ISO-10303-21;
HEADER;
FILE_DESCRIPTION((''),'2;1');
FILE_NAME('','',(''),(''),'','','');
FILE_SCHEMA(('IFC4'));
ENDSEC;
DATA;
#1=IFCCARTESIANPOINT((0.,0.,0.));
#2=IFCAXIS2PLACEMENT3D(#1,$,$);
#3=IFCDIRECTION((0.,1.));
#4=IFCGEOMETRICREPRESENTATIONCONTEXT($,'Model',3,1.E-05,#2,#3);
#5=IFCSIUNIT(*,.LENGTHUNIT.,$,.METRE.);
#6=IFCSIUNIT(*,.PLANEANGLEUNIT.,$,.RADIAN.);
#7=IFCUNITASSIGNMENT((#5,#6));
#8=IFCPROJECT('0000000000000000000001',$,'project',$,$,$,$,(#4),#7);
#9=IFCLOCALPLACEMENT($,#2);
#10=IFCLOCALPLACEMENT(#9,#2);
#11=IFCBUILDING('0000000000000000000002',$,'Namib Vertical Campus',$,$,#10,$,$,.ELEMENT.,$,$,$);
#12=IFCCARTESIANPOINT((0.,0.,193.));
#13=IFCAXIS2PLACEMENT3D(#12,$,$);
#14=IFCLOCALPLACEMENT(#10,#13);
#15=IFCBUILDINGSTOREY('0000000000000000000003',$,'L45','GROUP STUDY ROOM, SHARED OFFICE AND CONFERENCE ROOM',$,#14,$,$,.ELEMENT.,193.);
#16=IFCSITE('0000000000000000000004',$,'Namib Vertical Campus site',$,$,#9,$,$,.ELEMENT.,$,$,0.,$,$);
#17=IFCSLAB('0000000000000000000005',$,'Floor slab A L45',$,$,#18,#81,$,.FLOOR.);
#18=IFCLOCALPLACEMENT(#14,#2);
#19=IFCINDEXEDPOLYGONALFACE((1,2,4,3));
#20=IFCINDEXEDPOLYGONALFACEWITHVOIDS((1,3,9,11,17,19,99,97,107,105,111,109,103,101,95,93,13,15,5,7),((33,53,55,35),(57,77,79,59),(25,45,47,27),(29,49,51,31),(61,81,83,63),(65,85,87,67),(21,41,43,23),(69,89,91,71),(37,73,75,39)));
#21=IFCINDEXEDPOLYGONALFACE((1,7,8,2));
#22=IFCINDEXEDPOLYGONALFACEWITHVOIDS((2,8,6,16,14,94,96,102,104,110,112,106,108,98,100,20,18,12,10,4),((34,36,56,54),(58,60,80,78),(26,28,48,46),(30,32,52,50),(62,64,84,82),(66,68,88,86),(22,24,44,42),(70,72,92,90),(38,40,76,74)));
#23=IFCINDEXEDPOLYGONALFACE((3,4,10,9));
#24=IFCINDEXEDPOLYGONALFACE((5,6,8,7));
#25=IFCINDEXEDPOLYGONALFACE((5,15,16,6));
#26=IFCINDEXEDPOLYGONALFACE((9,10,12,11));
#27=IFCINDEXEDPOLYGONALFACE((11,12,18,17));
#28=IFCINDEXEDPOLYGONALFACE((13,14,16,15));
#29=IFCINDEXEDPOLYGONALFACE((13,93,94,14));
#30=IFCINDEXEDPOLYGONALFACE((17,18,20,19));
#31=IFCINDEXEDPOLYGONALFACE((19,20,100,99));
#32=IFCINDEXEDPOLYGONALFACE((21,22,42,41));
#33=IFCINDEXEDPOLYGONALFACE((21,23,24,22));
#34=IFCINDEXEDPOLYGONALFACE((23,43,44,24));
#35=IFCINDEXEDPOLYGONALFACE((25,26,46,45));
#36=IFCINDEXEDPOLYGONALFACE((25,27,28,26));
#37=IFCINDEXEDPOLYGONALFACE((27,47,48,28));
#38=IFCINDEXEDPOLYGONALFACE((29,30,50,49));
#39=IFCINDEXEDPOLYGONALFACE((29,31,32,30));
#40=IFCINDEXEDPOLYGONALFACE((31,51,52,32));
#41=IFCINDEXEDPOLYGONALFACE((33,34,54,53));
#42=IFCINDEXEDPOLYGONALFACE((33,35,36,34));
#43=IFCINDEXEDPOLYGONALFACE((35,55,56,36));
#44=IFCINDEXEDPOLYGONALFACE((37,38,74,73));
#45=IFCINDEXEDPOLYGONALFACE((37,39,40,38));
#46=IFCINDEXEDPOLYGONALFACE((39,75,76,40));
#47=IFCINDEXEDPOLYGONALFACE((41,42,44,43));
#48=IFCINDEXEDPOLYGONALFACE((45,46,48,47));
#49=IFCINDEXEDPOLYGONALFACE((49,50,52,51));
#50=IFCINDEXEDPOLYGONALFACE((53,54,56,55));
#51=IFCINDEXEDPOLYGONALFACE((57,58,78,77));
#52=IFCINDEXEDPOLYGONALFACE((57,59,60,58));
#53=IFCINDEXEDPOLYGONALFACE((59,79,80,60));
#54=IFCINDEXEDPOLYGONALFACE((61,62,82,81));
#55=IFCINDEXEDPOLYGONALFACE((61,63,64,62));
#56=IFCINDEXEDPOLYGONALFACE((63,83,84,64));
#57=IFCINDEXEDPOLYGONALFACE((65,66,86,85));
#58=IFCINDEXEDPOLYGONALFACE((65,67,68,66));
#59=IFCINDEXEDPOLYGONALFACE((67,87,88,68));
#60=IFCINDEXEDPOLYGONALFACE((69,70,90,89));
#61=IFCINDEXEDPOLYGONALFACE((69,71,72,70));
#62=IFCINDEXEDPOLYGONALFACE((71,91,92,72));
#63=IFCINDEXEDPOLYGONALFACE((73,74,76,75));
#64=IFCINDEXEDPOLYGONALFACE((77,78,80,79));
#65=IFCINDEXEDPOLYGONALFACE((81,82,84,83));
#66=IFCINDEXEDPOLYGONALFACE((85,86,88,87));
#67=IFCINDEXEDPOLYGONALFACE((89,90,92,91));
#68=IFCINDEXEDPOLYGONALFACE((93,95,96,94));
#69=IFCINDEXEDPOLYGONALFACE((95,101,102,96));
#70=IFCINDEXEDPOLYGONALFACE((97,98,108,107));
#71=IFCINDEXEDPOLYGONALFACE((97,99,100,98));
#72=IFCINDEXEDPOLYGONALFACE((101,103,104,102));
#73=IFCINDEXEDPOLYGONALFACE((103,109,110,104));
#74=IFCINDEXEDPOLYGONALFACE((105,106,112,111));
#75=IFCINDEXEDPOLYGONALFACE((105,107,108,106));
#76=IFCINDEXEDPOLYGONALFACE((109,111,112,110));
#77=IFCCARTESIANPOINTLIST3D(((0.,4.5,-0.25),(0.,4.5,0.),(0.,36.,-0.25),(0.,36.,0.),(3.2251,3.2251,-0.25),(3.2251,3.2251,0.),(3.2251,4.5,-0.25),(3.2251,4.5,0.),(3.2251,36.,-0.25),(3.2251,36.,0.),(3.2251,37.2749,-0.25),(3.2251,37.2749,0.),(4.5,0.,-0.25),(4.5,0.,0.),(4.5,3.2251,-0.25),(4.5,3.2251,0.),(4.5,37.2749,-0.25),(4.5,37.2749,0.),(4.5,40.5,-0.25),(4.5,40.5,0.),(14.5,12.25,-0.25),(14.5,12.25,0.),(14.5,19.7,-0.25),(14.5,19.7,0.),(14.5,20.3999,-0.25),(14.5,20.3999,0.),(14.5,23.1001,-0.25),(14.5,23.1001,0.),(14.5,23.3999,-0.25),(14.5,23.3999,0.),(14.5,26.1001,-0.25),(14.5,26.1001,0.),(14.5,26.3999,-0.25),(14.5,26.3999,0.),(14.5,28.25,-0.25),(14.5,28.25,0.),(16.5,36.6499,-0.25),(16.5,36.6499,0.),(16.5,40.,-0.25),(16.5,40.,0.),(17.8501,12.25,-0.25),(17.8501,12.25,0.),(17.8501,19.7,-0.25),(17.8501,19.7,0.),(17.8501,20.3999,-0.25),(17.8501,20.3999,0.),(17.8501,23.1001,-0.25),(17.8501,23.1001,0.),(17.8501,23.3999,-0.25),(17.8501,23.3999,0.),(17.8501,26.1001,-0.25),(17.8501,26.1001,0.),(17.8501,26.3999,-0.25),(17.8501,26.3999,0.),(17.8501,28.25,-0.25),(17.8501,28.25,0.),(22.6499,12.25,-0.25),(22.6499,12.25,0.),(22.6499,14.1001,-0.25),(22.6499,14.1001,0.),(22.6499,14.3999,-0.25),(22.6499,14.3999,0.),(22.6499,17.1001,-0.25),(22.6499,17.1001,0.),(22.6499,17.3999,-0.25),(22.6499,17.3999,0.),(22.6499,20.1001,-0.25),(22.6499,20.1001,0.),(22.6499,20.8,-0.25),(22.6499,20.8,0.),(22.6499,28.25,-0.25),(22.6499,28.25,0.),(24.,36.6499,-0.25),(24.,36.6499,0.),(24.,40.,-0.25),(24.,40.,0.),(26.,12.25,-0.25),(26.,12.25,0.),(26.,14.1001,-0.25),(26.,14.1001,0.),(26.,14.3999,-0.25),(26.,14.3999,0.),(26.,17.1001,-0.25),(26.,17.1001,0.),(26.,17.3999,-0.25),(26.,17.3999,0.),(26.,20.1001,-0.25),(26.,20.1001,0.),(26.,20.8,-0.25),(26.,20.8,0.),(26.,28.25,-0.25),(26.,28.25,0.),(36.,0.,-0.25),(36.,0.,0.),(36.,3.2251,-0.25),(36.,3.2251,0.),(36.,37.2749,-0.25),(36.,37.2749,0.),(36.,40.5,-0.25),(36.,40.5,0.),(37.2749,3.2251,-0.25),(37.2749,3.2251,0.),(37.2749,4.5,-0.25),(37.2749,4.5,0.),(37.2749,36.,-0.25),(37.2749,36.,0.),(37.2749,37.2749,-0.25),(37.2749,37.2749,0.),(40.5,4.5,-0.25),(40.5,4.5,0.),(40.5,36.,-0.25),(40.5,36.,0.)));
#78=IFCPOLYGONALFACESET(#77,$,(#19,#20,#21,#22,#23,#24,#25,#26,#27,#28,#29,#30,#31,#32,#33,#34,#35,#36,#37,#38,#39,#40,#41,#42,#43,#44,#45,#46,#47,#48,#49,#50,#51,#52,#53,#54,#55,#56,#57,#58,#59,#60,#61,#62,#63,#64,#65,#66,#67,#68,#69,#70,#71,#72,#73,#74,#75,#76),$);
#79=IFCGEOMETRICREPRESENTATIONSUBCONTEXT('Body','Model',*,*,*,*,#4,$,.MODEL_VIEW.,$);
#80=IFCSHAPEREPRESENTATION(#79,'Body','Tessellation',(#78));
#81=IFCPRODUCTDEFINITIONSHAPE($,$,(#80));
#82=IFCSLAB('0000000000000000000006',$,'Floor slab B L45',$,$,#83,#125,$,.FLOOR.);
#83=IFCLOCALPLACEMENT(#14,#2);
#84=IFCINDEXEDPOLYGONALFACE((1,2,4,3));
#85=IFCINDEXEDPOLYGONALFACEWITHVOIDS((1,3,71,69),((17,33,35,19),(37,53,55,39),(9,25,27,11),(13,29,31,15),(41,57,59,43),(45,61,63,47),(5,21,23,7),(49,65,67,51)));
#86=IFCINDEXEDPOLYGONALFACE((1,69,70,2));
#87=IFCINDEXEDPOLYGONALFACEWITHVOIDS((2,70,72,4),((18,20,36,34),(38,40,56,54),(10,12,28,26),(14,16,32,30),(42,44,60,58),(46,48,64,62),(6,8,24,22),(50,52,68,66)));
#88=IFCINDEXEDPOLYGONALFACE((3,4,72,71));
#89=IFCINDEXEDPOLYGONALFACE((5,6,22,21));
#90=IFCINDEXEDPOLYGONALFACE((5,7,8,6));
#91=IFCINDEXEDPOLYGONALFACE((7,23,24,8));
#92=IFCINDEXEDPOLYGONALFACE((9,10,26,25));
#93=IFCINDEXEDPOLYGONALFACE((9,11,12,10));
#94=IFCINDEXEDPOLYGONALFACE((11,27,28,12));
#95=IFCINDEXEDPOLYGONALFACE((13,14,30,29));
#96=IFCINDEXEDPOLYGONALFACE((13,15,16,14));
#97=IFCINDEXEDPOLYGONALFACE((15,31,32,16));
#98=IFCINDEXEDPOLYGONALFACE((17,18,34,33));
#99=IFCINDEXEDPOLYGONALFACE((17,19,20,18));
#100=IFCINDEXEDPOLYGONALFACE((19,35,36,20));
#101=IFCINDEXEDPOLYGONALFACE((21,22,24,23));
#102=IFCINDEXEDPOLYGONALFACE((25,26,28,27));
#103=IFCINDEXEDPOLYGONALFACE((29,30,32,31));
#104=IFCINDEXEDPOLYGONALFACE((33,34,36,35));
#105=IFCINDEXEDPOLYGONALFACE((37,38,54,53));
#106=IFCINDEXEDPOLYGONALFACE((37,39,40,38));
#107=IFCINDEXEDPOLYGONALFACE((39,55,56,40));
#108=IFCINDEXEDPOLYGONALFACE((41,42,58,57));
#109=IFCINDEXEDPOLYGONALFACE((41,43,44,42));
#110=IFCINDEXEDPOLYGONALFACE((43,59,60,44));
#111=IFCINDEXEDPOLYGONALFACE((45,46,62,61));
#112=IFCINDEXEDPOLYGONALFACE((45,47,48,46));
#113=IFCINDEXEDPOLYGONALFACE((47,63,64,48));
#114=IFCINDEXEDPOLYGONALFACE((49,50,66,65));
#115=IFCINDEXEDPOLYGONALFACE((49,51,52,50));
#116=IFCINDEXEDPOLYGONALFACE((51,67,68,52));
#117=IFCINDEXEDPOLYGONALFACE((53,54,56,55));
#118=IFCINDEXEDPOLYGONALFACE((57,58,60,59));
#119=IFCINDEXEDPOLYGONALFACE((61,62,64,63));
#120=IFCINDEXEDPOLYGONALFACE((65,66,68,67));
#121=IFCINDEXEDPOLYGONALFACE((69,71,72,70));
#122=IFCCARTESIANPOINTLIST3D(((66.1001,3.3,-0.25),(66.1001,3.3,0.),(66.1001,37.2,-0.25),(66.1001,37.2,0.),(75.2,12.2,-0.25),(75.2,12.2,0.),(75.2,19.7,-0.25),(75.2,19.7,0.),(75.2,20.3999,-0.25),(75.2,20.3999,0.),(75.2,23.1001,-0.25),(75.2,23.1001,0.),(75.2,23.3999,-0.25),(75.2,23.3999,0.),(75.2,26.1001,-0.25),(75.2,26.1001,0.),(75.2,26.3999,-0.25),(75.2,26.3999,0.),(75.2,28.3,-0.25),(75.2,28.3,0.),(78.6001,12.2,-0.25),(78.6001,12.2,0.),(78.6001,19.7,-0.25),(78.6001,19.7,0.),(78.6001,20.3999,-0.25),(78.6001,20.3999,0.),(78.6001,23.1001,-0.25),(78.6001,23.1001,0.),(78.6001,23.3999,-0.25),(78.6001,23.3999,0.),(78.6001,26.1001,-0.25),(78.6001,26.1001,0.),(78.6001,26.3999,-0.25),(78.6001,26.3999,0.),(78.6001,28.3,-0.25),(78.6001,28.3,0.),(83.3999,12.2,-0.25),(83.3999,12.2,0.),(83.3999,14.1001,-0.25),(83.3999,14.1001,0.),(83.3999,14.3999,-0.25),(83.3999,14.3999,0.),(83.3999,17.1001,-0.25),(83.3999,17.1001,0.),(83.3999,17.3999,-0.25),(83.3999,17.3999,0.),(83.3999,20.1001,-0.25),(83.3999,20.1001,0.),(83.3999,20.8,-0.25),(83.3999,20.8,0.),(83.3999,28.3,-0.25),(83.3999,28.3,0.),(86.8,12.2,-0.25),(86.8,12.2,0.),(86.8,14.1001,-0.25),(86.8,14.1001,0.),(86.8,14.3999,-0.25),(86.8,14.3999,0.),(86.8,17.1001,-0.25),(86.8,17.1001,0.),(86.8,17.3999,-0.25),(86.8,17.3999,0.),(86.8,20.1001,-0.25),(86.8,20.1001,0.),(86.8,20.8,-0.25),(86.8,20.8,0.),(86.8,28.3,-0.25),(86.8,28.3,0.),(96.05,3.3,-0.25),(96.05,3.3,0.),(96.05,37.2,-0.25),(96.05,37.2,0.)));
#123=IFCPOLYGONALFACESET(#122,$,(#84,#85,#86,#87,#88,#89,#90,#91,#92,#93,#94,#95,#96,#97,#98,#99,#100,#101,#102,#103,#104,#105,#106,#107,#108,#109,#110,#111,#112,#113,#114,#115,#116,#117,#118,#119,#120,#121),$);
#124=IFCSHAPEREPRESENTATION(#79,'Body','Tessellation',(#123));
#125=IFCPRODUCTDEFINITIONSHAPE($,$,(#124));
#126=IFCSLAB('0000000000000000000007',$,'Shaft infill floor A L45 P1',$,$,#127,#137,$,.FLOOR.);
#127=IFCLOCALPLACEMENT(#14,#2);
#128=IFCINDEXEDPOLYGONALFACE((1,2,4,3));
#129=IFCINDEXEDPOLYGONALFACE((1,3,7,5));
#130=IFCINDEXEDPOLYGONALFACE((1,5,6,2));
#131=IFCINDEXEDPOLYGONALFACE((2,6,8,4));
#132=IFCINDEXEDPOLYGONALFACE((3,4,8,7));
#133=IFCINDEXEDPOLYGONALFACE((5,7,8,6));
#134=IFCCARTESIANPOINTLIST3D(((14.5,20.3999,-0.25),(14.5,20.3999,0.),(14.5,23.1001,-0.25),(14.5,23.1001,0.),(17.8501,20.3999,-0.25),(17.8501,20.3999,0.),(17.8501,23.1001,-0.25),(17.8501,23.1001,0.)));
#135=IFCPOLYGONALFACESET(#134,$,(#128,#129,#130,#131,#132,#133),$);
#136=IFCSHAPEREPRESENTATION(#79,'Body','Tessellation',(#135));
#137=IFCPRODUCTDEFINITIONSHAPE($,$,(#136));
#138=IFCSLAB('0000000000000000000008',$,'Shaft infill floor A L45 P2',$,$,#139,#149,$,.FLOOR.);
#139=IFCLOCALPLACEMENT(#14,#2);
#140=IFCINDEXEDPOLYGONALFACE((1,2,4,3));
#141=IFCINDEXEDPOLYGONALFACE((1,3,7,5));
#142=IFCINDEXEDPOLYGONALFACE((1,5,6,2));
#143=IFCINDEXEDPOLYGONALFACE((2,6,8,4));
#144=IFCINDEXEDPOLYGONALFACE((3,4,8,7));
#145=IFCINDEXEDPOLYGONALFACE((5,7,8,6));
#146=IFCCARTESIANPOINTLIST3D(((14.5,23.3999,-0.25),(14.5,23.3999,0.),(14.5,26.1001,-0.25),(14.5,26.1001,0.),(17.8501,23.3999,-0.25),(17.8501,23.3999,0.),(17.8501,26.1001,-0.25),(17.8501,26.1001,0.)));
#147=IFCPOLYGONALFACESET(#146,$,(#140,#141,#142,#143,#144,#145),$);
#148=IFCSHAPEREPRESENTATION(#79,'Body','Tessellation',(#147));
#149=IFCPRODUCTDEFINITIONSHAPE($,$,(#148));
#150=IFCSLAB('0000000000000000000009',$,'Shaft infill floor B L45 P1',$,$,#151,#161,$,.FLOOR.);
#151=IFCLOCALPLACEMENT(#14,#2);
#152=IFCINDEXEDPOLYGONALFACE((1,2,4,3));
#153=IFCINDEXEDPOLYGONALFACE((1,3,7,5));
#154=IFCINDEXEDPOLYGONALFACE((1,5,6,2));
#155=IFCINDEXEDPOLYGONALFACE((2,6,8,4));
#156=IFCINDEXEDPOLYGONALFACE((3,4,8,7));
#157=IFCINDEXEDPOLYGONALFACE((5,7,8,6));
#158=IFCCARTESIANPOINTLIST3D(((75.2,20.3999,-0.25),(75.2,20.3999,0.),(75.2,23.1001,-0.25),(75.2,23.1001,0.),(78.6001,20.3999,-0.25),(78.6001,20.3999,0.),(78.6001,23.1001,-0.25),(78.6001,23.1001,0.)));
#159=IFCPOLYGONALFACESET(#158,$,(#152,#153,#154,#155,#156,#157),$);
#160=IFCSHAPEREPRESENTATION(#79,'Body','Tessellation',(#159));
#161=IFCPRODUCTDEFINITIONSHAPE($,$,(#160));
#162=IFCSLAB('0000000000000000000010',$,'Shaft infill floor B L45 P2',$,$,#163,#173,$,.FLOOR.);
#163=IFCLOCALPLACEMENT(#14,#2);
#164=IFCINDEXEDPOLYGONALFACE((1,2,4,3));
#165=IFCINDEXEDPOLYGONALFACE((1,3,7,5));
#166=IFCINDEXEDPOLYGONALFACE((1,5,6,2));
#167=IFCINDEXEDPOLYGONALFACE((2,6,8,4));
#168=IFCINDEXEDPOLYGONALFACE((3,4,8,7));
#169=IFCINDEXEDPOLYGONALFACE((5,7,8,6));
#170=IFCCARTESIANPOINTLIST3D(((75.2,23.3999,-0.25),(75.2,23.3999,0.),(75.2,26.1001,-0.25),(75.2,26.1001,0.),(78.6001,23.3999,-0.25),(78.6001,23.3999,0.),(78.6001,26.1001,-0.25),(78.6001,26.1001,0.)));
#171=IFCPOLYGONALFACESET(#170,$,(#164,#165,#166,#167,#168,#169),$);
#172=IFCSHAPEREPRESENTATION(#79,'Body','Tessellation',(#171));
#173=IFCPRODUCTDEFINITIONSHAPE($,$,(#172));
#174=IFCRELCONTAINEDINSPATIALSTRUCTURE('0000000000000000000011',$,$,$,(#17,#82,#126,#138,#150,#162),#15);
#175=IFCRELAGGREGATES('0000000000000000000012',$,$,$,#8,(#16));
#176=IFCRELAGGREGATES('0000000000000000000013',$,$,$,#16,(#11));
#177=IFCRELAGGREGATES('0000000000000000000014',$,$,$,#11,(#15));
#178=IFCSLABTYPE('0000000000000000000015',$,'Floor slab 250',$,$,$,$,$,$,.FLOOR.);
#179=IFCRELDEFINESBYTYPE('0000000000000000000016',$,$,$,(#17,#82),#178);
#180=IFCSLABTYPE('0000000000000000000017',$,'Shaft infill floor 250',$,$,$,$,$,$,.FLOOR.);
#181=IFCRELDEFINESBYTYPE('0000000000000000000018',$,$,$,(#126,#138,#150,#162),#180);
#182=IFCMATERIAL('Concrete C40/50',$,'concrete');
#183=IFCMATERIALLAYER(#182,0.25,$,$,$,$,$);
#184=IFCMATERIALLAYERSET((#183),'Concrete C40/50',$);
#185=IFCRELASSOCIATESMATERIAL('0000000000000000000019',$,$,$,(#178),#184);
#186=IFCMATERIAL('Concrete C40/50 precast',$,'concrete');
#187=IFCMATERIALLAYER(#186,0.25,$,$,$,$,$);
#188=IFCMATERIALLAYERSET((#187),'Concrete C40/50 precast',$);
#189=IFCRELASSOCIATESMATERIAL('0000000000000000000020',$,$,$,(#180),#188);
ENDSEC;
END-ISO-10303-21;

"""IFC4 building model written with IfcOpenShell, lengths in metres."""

from ifc_helpers import new_model, si_unit, direction, frame, origin, place, context, subcontext, project, spatial, polyline, outline, extrude, material, layer, layer_set, type_object, element, save


model = new_model("IFC4")

# Units and contexts
model_context = context("Model", 3, precision=1e-05, world=origin(), true_north=direction((0.0, 1.0)))
body_context = subcontext(model_context, "Body", "Model", "MODEL_VIEW")
ifc_project = project(units=[si_unit("LENGTHUNIT", "METRE"), si_unit("PLANEANGLEUNIT", "RADIAN")], contexts=[model_context])

# Site, building, storey
site_placement = place(None, origin())
site = spatial("IfcSite", under=ifc_project, at=site_placement, Name="Namib Vertical Campus site", CompositionType="ELEMENT", RefElevation=0.0)
building_placement = place(site_placement, origin())
building = spatial("IfcBuilding", under=site, at=building_placement, Name="Namib Vertical Campus", CompositionType="ELEMENT")
storey_placement = place(building_placement, frame((0.0, 0.0, 193.0)))
storey = spatial("IfcBuildingStorey", under=building, at=storey_placement, Name="L45", Description="GROUP STUDY ROOM, SHARED OFFICE AND CONFERENCE ROOM", CompositionType="ELEMENT", Elevation=193.0)

# Slabs
ifc_material_1 = material(Name="Concrete C40/50", Category="concrete")
ifc_layer_1 = layer(ifc_material_1, 0.25)
ifc_layer_set_1 = layer_set([ifc_layer_1], Name="Concrete C40/50")
slab_type_1 = type_object("IfcSlabType", Name="Floor slab 250", PredefinedType="FLOOR", material=ifc_layer_set_1)
slab_1_placement = place(storey_placement, frame((0.0, 0.0, -0.25)))
element("IfcSlab", 1, at=slab_1_placement, inside=storey, type_object=slab_type_1, Name="Floor slab A L45", PredefinedType="FLOOR", context=body_context, shape_type="SweptSolid", body=[
    extrude(outline(polyline([(4.5, 0.0), (36.0, 0.0), (36.0, 3.2251), (37.2749, 3.2251), (37.2749, 4.5), (40.5, 4.5), (40.5, 36.0), (37.2749, 36.0), (37.2749, 37.2749), (36.0, 37.2749), (36.0, 40.5), (4.5, 40.5), (4.5, 37.2749), (3.2251, 37.2749), (3.2251, 36.0), (0.0, 36.0), (0.0, 4.5), (3.2251, 4.5), (3.2251, 3.2251), (4.5, 3.2251), (4.5, 0.0)]), holes=[polyline([(14.5, 12.25), (17.8501, 12.25), (17.8501, 19.7), (14.5, 19.7), (14.5, 12.25)]), polyline([(22.6499, 20.8), (26.0, 20.8), (26.0, 28.25), (22.6499, 28.25), (22.6499, 20.8)]), polyline([(22.6499, 12.25), (26.0, 12.25), (26.0, 14.1001), (22.6499, 14.1001), (22.6499, 12.25)]), polyline([(14.5, 20.3999), (17.8501, 20.3999), (17.8501, 23.1001), (14.5, 23.1001), (14.5, 20.3999)]), polyline([(14.5, 23.3999), (17.8501, 23.3999), (17.8501, 26.1001), (14.5, 26.1001), (14.5, 23.3999)]), polyline([(14.5, 26.3999), (17.8501, 26.3999), (17.8501, 28.25), (14.5, 28.25), (14.5, 26.3999)]), polyline([(22.6499, 14.3999), (26.0, 14.3999), (26.0, 17.1001), (22.6499, 17.1001), (22.6499, 14.3999)]), polyline([(22.6499, 17.3999), (26.0, 17.3999), (26.0, 20.1001), (22.6499, 20.1001), (22.6499, 17.3999)]), polyline([(16.5, 36.6499), (24.0, 36.6499), (24.0, 40.0), (16.5, 40.0), (16.5, 36.6499)])]), origin(), (0.0, 0.0, 1.0), 0.25),
])
slab_2_placement = place(storey_placement, frame((0.0, 0.0, -0.25)))
element("IfcSlab", 2, at=slab_2_placement, inside=storey, type_object=slab_type_1, Name="Floor slab B L45", PredefinedType="FLOOR", context=body_context, shape_type="SweptSolid", body=[
    extrude(outline(polyline([(66.1001, 3.3), (96.05, 3.3), (96.05, 37.2), (66.1001, 37.2), (66.1001, 3.3)]), holes=[polyline([(75.2, 12.2), (78.6001, 12.2), (78.6001, 19.7), (75.2, 19.7), (75.2, 12.2)]), polyline([(83.3999, 20.8), (86.8, 20.8), (86.8, 28.3), (83.3999, 28.3), (83.3999, 20.8)]), polyline([(83.3999, 12.2), (86.8, 12.2), (86.8, 14.1001), (83.3999, 14.1001), (83.3999, 12.2)]), polyline([(75.2, 20.3999), (78.6001, 20.3999), (78.6001, 23.1001), (75.2, 23.1001), (75.2, 20.3999)]), polyline([(75.2, 23.3999), (78.6001, 23.3999), (78.6001, 26.1001), (75.2, 26.1001), (75.2, 23.3999)]), polyline([(75.2, 26.3999), (78.6001, 26.3999), (78.6001, 28.3), (75.2, 28.3), (75.2, 26.3999)]), polyline([(83.3999, 14.3999), (86.8, 14.3999), (86.8, 17.1001), (83.3999, 17.1001), (83.3999, 14.3999)]), polyline([(83.3999, 17.3999), (86.8, 17.3999), (86.8, 20.1001), (83.3999, 20.1001), (83.3999, 17.3999)])]), origin(), (0.0, 0.0, 1.0), 0.25),
])
ifc_material_2 = material(Name="Concrete C40/50 precast", Category="concrete")
ifc_layer_2 = layer(ifc_material_2, 0.25)
ifc_layer_set_2 = layer_set([ifc_layer_2], Name="Concrete C40/50 precast")
slab_type_2 = type_object("IfcSlabType", Name="Shaft infill floor 250", PredefinedType="FLOOR", material=ifc_layer_set_2)
slab_3_placement = place(storey_placement, frame((0.0, 0.0, -0.25)))
element("IfcSlab", 3, at=slab_3_placement, inside=storey, type_object=slab_type_2, Name="Shaft infill floor A L45 P1", PredefinedType="FLOOR", context=body_context, shape_type="SweptSolid", body=[
    extrude(outline(polyline([(14.5, 20.3999), (17.8501, 20.3999), (17.8501, 23.1001), (14.5, 23.1001), (14.5, 20.3999)])), origin(), (0.0, 0.0, 1.0), 0.25),
])
slab_4_placement = place(storey_placement, frame((0.0, 0.0, -0.25)))
element("IfcSlab", 4, at=slab_4_placement, inside=storey, type_object=slab_type_2, Name="Shaft infill floor A L45 P2", PredefinedType="FLOOR", context=body_context, shape_type="SweptSolid", body=[
    extrude(outline(polyline([(14.5, 23.3999), (17.8501, 23.3999), (17.8501, 26.1001), (14.5, 26.1001), (14.5, 23.3999)])), origin(), (0.0, 0.0, 1.0), 0.25),
])
slab_5_placement = place(storey_placement, frame((0.0, 0.0, -0.25)))
element("IfcSlab", 5, at=slab_5_placement, inside=storey, type_object=slab_type_2, Name="Shaft infill floor B L45 P1", PredefinedType="FLOOR", context=body_context, shape_type="SweptSolid", body=[
    extrude(outline(polyline([(75.2, 20.3999), (78.6001, 20.3999), (78.6001, 23.1001), (75.2, 23.1001), (75.2, 20.3999)])), origin(), (0.0, 0.0, 1.0), 0.25),
])
slab_6_placement = place(storey_placement, frame((0.0, 0.0, -0.25)))
element("IfcSlab", 6, at=slab_6_placement, inside=storey, type_object=slab_type_2, Name="Shaft infill floor B L45 P2", PredefinedType="FLOOR", context=body_context, shape_type="SweptSolid", body=[
    extrude(outline(polyline([(75.2, 23.3999), (78.6001, 23.3999), (78.6001, 26.1001), (75.2, 26.1001), (75.2, 23.3999)])), origin(), (0.0, 0.0, 1.0), 0.25),
])

save(model, "model.ifc")
